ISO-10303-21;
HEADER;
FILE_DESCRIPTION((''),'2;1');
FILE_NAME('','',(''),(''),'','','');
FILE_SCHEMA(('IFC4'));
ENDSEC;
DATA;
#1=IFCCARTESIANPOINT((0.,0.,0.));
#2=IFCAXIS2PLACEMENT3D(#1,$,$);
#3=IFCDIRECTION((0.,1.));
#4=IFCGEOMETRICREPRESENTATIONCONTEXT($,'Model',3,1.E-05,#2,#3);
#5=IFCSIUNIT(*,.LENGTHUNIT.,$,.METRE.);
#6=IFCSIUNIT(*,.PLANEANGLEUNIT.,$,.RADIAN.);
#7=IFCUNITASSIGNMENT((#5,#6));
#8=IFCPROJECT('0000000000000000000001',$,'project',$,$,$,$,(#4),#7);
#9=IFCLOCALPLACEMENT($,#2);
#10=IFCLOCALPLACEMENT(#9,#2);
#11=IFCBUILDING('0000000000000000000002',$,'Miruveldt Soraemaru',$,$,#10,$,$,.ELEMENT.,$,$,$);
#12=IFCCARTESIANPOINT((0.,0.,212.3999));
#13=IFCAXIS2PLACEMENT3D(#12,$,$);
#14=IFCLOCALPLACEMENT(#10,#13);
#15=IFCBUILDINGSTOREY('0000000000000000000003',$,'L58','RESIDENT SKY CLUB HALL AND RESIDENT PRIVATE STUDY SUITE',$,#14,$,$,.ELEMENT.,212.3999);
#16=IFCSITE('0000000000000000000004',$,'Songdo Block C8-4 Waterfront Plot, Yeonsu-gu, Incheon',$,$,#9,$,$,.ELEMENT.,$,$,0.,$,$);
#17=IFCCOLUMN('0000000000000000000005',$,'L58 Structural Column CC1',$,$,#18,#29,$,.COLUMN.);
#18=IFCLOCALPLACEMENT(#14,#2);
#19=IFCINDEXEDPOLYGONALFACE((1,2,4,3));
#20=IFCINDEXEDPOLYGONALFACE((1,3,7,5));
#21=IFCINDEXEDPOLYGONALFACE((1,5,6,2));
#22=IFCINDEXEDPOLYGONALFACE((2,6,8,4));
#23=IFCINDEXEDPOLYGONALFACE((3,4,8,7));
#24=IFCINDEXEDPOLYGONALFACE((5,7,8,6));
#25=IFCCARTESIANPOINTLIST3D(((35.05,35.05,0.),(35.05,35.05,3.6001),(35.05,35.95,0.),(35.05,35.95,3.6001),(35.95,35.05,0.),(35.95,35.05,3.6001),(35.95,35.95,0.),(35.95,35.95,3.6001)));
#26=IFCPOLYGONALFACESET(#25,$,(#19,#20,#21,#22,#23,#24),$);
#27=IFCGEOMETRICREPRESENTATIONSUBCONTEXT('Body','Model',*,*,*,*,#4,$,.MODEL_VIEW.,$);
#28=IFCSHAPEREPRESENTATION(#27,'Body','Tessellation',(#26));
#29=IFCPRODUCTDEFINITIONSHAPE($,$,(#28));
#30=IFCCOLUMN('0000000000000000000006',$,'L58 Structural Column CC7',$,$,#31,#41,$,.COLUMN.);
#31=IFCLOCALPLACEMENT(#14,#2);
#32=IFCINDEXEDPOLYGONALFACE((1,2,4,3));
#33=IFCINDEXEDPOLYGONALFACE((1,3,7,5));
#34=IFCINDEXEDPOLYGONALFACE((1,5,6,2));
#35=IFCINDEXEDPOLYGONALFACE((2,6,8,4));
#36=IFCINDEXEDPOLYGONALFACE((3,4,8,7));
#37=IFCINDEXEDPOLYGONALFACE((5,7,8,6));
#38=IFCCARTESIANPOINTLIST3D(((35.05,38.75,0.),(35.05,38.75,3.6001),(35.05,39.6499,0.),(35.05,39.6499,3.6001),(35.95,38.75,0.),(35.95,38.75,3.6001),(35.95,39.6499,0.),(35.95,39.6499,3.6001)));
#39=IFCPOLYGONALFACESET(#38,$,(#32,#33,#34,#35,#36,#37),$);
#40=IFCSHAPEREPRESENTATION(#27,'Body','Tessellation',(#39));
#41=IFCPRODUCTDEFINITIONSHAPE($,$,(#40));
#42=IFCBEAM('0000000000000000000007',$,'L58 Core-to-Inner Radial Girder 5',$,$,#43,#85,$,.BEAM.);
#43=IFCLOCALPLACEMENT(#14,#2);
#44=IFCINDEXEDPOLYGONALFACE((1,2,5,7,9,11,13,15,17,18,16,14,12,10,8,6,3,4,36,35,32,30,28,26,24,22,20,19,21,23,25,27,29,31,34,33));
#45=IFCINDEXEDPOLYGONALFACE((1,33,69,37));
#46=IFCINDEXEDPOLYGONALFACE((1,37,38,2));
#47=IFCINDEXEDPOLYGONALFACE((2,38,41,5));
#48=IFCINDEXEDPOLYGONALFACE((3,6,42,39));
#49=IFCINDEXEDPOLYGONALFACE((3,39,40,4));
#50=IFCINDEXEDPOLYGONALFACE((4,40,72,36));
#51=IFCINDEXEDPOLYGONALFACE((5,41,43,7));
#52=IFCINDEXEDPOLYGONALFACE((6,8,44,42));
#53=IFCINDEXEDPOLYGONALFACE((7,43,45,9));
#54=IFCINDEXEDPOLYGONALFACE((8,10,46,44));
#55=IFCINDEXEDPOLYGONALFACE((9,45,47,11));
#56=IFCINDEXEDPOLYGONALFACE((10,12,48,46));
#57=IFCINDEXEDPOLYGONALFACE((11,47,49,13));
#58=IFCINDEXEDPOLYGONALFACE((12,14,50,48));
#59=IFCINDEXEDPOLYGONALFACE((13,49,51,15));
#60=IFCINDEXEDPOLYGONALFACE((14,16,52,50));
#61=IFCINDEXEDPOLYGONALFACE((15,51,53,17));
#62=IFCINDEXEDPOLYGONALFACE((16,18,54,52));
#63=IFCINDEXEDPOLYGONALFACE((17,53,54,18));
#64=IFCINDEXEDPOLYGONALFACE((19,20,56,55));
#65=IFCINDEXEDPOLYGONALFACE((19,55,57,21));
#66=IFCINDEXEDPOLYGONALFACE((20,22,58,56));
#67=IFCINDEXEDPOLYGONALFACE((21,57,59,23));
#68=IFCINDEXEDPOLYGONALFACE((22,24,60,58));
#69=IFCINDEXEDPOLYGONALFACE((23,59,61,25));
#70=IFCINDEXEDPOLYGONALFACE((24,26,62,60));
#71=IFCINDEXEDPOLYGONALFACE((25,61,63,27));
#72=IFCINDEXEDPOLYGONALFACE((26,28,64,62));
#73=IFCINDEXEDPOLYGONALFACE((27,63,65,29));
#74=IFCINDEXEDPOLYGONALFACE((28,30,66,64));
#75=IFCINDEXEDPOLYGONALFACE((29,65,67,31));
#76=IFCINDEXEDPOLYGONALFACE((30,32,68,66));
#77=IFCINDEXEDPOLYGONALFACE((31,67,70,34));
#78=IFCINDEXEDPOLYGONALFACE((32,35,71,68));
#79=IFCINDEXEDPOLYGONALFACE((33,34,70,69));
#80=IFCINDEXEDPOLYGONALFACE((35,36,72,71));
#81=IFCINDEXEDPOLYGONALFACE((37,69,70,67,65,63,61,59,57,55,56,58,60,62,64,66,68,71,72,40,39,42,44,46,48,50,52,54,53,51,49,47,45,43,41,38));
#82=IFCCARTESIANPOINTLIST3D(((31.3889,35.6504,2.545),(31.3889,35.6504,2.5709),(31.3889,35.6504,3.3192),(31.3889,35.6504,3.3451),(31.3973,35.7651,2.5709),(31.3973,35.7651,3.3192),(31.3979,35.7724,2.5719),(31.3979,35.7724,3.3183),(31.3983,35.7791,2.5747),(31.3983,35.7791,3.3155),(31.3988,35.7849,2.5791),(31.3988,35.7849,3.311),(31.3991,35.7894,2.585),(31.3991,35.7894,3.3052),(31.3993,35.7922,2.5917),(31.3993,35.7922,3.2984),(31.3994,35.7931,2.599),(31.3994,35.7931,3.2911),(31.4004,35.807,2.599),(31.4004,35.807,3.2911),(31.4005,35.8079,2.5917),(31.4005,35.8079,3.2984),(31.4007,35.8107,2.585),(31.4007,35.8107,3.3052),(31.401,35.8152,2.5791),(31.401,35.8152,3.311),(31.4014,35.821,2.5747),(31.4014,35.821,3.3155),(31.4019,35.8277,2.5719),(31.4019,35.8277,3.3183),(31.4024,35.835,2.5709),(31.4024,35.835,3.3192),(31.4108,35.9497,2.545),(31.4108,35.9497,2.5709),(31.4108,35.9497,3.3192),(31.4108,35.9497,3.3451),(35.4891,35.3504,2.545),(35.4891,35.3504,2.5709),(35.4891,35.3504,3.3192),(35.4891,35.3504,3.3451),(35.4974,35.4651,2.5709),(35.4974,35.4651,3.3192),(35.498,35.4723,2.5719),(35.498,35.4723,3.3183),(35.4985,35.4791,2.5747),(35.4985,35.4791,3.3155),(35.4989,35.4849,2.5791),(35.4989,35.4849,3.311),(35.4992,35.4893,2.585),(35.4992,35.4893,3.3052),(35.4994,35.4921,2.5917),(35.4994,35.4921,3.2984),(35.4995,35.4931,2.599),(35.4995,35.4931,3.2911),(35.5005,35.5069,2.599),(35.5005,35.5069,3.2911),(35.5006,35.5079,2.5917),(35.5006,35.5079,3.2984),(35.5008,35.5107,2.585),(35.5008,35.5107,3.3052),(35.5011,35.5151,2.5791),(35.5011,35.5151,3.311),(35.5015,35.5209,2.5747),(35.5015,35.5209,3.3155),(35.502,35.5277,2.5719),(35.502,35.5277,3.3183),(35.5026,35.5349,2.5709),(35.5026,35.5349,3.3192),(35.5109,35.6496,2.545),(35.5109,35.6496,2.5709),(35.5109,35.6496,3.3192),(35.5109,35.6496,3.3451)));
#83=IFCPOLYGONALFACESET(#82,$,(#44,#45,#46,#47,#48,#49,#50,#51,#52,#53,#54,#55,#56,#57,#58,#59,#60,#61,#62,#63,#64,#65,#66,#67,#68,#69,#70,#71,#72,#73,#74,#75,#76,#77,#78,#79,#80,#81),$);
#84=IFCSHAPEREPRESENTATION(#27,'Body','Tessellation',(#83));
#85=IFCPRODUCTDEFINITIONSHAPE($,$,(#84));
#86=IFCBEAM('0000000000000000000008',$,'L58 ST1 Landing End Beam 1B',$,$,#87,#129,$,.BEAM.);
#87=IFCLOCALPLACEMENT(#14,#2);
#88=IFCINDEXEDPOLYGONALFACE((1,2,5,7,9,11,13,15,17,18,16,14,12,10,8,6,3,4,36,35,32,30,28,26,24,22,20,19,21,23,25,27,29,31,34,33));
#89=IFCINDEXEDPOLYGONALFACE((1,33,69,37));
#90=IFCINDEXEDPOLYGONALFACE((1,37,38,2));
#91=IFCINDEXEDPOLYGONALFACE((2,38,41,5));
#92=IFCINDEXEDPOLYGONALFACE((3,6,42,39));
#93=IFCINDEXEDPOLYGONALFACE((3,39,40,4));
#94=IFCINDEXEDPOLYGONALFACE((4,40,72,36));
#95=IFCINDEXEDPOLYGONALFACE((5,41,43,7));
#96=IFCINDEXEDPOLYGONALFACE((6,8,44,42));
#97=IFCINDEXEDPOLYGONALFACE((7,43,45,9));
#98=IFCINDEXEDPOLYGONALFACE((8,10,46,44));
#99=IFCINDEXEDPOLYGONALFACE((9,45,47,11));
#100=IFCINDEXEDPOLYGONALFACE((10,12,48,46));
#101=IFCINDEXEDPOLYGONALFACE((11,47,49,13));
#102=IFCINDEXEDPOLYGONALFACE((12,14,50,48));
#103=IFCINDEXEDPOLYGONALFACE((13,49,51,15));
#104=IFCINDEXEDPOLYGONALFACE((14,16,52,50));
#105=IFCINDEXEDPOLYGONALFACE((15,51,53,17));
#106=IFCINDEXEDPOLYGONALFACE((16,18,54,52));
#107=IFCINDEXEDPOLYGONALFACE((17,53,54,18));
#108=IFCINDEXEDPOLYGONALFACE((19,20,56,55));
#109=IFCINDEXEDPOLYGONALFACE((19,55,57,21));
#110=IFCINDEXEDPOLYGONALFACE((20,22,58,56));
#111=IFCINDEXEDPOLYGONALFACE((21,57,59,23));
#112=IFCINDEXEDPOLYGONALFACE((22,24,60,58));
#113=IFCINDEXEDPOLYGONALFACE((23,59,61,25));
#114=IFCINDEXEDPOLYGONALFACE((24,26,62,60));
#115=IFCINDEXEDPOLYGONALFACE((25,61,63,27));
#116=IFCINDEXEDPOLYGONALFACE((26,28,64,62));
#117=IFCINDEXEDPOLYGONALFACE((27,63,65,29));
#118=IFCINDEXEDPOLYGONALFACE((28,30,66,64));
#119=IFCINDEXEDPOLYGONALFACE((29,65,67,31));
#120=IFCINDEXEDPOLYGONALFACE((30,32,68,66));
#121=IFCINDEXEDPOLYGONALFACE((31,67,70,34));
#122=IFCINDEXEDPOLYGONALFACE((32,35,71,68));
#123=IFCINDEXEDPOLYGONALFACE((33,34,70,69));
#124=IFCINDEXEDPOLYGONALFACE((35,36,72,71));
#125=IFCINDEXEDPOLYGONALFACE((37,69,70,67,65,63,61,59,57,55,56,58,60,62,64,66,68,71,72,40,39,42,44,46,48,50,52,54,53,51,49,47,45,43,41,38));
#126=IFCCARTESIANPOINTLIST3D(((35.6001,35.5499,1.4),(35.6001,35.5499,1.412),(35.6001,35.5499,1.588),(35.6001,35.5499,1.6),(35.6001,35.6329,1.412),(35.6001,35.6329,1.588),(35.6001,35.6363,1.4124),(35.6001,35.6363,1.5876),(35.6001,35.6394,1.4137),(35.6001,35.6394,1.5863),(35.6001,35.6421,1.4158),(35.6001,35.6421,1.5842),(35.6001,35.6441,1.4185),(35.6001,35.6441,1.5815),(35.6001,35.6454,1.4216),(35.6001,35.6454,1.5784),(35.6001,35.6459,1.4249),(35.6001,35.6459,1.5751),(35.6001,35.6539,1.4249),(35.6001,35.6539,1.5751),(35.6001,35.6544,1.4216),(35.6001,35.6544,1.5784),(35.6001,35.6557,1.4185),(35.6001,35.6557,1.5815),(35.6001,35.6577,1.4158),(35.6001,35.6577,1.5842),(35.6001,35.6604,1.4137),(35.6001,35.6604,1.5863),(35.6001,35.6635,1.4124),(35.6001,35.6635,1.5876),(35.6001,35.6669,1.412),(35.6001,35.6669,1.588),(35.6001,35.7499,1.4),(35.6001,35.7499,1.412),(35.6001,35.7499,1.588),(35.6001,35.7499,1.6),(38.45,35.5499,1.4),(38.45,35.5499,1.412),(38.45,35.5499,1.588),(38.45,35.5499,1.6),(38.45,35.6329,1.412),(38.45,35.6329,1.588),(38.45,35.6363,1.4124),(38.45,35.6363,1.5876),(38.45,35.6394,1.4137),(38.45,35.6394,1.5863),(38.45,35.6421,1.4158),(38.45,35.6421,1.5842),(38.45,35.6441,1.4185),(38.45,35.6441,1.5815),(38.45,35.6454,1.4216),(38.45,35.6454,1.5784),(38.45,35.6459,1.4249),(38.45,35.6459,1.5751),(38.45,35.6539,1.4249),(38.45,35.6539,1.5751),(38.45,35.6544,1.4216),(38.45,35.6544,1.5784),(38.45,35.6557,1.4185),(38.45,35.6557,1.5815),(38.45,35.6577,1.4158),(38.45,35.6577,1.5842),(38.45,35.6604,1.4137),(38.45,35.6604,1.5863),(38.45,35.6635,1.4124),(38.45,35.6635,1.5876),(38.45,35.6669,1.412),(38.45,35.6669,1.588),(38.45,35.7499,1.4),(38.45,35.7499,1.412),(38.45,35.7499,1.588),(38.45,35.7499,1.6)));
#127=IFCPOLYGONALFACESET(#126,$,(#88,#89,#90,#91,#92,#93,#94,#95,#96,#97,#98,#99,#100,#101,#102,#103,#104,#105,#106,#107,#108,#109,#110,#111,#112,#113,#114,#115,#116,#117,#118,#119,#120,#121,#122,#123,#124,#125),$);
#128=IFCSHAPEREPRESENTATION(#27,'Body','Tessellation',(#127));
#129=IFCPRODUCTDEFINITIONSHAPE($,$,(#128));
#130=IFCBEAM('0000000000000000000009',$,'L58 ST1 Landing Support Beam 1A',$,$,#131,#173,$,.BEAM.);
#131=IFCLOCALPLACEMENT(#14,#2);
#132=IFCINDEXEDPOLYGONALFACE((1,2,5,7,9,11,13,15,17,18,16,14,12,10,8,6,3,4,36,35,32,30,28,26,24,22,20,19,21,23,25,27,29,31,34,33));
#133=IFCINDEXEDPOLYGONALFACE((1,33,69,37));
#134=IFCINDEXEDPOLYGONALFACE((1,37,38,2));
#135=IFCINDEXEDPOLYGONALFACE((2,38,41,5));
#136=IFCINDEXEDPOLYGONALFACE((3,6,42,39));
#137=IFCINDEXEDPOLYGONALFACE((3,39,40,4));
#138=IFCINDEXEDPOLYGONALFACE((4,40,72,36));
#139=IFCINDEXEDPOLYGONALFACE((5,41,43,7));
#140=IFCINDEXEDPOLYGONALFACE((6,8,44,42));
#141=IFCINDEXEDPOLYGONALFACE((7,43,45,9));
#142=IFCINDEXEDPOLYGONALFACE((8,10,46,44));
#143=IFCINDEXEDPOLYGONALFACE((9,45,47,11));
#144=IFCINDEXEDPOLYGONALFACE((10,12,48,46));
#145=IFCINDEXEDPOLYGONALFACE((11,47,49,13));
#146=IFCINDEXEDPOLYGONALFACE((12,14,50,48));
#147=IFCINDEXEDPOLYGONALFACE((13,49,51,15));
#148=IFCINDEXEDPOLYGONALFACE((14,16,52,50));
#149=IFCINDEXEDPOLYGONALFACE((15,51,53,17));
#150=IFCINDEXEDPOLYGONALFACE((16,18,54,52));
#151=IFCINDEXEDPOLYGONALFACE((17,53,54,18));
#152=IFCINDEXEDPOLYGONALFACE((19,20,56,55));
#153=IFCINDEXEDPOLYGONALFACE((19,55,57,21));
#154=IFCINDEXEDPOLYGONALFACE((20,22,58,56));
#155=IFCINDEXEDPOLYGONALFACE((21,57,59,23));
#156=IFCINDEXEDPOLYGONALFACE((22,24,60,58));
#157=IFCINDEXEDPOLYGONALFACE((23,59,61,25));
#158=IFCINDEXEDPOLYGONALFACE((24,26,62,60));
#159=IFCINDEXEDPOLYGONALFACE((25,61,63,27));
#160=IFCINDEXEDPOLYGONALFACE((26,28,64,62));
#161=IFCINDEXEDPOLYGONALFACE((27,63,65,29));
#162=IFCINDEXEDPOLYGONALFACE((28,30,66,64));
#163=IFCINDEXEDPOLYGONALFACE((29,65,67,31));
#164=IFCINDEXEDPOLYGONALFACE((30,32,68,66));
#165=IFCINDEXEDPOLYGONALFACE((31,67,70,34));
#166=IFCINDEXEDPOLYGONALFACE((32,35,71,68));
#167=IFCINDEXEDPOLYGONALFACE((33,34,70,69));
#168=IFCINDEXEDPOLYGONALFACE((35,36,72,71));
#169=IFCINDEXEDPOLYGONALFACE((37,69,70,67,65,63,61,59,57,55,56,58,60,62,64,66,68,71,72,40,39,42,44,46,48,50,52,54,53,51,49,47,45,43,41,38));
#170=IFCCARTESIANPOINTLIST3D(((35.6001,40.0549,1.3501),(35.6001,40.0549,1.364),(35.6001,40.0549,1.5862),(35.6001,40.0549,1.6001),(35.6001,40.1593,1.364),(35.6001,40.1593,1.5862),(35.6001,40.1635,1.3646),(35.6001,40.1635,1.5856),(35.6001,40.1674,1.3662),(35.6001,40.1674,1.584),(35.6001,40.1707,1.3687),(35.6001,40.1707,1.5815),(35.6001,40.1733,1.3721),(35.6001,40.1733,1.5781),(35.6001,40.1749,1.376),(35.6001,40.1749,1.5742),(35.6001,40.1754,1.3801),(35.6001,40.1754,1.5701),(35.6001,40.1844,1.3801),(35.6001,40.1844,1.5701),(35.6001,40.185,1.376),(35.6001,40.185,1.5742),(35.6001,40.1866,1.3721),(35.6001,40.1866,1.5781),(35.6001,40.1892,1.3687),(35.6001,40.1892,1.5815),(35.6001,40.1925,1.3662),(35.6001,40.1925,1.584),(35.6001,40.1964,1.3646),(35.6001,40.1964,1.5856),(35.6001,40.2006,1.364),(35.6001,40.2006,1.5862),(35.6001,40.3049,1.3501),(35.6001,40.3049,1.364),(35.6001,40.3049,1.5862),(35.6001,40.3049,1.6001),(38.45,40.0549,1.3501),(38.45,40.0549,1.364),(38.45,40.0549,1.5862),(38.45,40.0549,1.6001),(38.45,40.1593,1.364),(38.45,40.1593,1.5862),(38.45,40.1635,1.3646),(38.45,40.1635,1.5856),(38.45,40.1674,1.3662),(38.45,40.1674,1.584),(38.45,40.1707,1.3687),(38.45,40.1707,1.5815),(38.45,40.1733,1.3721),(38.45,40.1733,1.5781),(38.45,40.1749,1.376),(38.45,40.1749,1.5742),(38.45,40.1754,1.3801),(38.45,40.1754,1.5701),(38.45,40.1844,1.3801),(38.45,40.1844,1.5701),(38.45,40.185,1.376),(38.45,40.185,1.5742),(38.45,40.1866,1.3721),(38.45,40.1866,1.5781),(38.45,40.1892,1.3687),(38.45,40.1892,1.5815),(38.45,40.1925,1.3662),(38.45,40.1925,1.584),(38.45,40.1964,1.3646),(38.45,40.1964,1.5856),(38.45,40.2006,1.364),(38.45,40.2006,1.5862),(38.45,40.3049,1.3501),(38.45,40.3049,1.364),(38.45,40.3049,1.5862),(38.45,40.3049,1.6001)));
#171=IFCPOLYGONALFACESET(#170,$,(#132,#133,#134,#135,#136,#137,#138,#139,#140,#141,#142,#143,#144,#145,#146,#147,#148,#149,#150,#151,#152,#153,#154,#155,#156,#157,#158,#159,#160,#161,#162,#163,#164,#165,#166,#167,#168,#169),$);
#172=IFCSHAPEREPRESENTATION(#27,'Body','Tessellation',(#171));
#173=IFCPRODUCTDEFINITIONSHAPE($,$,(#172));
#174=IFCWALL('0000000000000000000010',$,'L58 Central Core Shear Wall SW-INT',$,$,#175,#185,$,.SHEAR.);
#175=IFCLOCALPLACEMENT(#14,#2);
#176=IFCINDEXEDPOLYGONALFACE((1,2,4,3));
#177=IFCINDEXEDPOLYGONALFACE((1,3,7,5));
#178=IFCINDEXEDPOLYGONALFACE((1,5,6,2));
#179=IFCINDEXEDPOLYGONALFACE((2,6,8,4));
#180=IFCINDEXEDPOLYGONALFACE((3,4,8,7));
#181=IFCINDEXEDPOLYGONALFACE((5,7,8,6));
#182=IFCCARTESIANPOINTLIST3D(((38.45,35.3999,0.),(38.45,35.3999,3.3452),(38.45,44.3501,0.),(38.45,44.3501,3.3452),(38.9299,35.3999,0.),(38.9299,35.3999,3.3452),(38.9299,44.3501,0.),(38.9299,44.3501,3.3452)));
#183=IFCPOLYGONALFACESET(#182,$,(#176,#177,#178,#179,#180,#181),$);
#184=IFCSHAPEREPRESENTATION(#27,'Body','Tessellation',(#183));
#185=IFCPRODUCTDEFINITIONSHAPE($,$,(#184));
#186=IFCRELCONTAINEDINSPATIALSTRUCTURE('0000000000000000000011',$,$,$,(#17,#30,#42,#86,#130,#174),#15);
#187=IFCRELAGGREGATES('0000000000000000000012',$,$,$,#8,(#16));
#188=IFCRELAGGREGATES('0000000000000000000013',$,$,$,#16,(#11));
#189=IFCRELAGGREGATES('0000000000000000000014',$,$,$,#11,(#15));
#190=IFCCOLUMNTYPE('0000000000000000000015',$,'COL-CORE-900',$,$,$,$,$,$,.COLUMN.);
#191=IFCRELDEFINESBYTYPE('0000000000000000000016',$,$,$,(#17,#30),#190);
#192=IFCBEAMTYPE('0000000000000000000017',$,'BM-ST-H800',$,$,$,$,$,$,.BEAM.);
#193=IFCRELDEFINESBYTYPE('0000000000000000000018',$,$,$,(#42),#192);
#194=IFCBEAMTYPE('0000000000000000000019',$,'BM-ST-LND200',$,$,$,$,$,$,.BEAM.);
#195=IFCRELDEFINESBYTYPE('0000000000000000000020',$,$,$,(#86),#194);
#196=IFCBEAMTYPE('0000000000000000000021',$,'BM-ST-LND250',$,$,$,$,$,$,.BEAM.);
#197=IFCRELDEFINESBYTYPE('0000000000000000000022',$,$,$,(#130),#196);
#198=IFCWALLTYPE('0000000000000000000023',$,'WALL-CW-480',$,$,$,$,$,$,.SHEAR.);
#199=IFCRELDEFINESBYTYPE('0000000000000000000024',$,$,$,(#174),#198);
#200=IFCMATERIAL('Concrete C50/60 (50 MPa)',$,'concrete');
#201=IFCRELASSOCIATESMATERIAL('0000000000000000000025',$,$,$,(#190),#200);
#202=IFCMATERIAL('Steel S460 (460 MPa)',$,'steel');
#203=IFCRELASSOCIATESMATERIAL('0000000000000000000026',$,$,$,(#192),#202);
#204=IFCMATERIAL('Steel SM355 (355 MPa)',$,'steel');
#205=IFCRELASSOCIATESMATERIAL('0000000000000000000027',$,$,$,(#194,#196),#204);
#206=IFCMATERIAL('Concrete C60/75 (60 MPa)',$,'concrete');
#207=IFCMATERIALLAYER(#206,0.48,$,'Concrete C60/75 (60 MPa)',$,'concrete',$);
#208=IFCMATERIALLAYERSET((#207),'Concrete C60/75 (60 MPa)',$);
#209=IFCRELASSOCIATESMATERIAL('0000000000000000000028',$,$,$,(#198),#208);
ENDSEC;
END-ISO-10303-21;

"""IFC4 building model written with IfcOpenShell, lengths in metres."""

from ifc_helpers import new_model, si_unit, direction, frame, frame_2d, origin, origin_2d, place, context, subcontext, project, spatial, rectangle, i_section, extrude, material, layer, layer_set, material_profile, profile_set, type_object, element, save


model = new_model("IFC4")

# Units and contexts
model_context = context("Model", 3, precision=1e-05, world=origin(), true_north=direction((0.0, 1.0)))
body_context = subcontext(model_context, "Body", "Model", "MODEL_VIEW")
ifc_project = project(units=[si_unit("LENGTHUNIT", "METRE"), si_unit("PLANEANGLEUNIT", "RADIAN")], contexts=[model_context])

# Site, building, storey
site_placement = place(None, origin())
site = spatial("IfcSite", under=ifc_project, at=site_placement, Name="Songdo Block C8-4 Waterfront Plot, Yeonsu-gu, Incheon", CompositionType="ELEMENT", RefElevation=0.0)
building_placement = place(site_placement, origin())
building = spatial("IfcBuilding", under=site, at=building_placement, Name="Miruveldt Soraemaru", CompositionType="ELEMENT")
storey_placement = place(building_placement, frame((0.0, 0.0, 212.3999)))
storey = spatial("IfcBuildingStorey", under=building, at=storey_placement, Name="L58", Description="RESIDENT SKY CLUB HALL AND RESIDENT PRIVATE STUDY SUITE", CompositionType="ELEMENT", Elevation=212.3999)

# Columns
ifc_material_1 = material(Name="Concrete C50/60 (50 MPa)", Category="concrete")
ifc_material_profile_1 = material_profile(ifc_material_1, rectangle(XDim=0.8999, YDim=0.8999, at=origin_2d()), Name="Concrete C50/60 (50 MPa)", Category="concrete")
ifc_profile_set_1 = profile_set([ifc_material_profile_1], Name="Concrete C50/60 (50 MPa)")
column_type = type_object("IfcColumnType", Name="COL-CORE-900", PredefinedType="COLUMN", material=ifc_profile_set_1)
for number, where, z_axis, x_axis, name in (
    (1, (35.5, 35.5, 0.0), (0.0, 0.0, 1.0), (1.0, 0.0, 0.0), "L58 Structural Column CC1"),
    (2, (35.5, 39.2, 0.0), (0.0, 0.0, 1.0), (1.0, 0.0, 0.0), "L58 Structural Column CC7"),
):
    element("IfcColumn", number, at=place(storey_placement, frame(where, z_axis=z_axis, x_axis=x_axis)), inside=storey, type_object=column_type, Name=name, PredefinedType="COLUMN", context=body_context, shape_type="SweptSolid", body=[
        extrude(rectangle(XDim=0.8999, YDim=0.8999, at=origin_2d()), origin(), (0.0, 0.0, 1.0), 3.6001),
    ])

# Beams
ifc_material_2 = material(Name="Steel S460 (460 MPa)", Category="steel")
ifc_material_profile_2 = material_profile(ifc_material_2, i_section(OverallWidth=0.3, OverallDepth=0.8, WebThickness=0.0139, FlangeThickness=0.0259, FilletRadius=0.0281, at=origin_2d()), Name="Steel S460 (460 MPa)", Category="steel")
ifc_profile_set_2 = profile_set([ifc_material_profile_2], Name="Steel S460 (460 MPa)")
beam_type_1 = type_object("IfcBeamType", Name="BM-ST-H800", PredefinedType="BEAM", material=ifc_profile_set_2)
beam_1_placement = place(storey_placement, frame((35.5, 35.5, 2.9451), z_axis=(-0.997333, 0.072986, 0.0), x_axis=(-0.072986, -0.997333, 0.0)))
element("IfcBeam", 3, at=beam_1_placement, inside=storey, type_object=beam_type_1, Name="L58 Core-to-Inner Radial Girder 5", PredefinedType="BEAM", context=body_context, shape_type="SweptSolid", body=[
    extrude(i_section(OverallWidth=0.3, OverallDepth=0.8, WebThickness=0.0139, FlangeThickness=0.0259, FilletRadius=0.0281, at=origin_2d()), origin(), (0.0, 0.0, 1.0), 4.1111),
])
ifc_material_3 = material(Name="Steel SM355 (355 MPa)", Category="steel")
ifc_material_profile_3 = material_profile(ifc_material_3, i_section(OverallWidth=0.2, OverallDepth=0.2, WebThickness=0.0081, FlangeThickness=0.012, FilletRadius=0.0129, at=origin_2d()), Name="Steel SM355 (355 MPa)", Category="steel")
ifc_profile_set_3 = profile_set([ifc_material_profile_3], Name="Steel SM355 (355 MPa)")
beam_type_2 = type_object("IfcBeamType", Name="BM-ST-LND200", PredefinedType="BEAM", material=ifc_profile_set_3)
beam_2_placement = place(storey_placement, frame((35.6001, 35.6499, 1.5), z_axis=(1.0, 0.0, 0.0), x_axis=(0.0, 1.0, 0.0)))
element("IfcBeam", 4, at=beam_2_placement, inside=storey, type_object=beam_type_2, Name="L58 ST1 Landing End Beam 1B", PredefinedType="BEAM", context=body_context, shape_type="SweptSolid", body=[
    extrude(i_section(OverallWidth=0.2, OverallDepth=0.2, WebThickness=0.0081, FlangeThickness=0.012, FilletRadius=0.0129, at=origin_2d()), origin(), (0.0, 0.0, 1.0), 2.8499),
])
ifc_material_profile_4 = material_profile(ifc_material_3, i_section(OverallWidth=0.25, OverallDepth=0.25, WebThickness=0.009, FlangeThickness=0.0139, FilletRadius=0.0161, at=origin_2d()), Name="Steel SM355 (355 MPa)", Category="steel")
ifc_profile_set_4 = profile_set([ifc_material_profile_4], Name="Steel SM355 (355 MPa)")
beam_type_3 = type_object("IfcBeamType", Name="BM-ST-LND250", PredefinedType="BEAM", material=ifc_profile_set_4)
beam_3_placement = place(storey_placement, frame((35.6001, 40.1799, 1.4751), z_axis=(1.0, 0.0, 0.0), x_axis=(0.0, 1.0, 0.0)))
element("IfcBeam", 5, at=beam_3_placement, inside=storey, type_object=beam_type_3, Name="L58 ST1 Landing Support Beam 1A", PredefinedType="BEAM", context=body_context, shape_type="SweptSolid", body=[
    extrude(i_section(OverallWidth=0.25, OverallDepth=0.25, WebThickness=0.009, FlangeThickness=0.0139, FilletRadius=0.0161, at=origin_2d()), origin(), (0.0, 0.0, 1.0), 2.8499),
])

# Wall
ifc_material_4 = material(Name="Concrete C60/75 (60 MPa)", Category="concrete")
ifc_layer_1 = layer(ifc_material_4, 0.48, Name="Concrete C60/75 (60 MPa)", Category="concrete")
ifc_layer_set_1 = layer_set([ifc_layer_1], Name="Concrete C60/75 (60 MPa)")
wall_type_1 = type_object("IfcWallType", Name="WALL-CW-480", PredefinedType="SHEAR", material=ifc_layer_set_1)
wall_1_placement = place(storey_placement, frame((38.6899, 35.3999, 0.0), z_axis=(0.0, 0.0, 1.0), x_axis=(0.0, 1.0, 0.0)))
element("IfcWall", 6, at=wall_1_placement, inside=storey, type_object=wall_type_1, Name="L58 Central Core Shear Wall SW-INT", PredefinedType="SHEAR", context=body_context, shape_type="SweptSolid", body=[
    extrude(rectangle(XDim=8.9502, YDim=0.48, at=frame_2d((4.4751, 0.0))), origin(), (0.0, 0.0, 1.0), 3.3452),
])

save(model, "model.ifc")
